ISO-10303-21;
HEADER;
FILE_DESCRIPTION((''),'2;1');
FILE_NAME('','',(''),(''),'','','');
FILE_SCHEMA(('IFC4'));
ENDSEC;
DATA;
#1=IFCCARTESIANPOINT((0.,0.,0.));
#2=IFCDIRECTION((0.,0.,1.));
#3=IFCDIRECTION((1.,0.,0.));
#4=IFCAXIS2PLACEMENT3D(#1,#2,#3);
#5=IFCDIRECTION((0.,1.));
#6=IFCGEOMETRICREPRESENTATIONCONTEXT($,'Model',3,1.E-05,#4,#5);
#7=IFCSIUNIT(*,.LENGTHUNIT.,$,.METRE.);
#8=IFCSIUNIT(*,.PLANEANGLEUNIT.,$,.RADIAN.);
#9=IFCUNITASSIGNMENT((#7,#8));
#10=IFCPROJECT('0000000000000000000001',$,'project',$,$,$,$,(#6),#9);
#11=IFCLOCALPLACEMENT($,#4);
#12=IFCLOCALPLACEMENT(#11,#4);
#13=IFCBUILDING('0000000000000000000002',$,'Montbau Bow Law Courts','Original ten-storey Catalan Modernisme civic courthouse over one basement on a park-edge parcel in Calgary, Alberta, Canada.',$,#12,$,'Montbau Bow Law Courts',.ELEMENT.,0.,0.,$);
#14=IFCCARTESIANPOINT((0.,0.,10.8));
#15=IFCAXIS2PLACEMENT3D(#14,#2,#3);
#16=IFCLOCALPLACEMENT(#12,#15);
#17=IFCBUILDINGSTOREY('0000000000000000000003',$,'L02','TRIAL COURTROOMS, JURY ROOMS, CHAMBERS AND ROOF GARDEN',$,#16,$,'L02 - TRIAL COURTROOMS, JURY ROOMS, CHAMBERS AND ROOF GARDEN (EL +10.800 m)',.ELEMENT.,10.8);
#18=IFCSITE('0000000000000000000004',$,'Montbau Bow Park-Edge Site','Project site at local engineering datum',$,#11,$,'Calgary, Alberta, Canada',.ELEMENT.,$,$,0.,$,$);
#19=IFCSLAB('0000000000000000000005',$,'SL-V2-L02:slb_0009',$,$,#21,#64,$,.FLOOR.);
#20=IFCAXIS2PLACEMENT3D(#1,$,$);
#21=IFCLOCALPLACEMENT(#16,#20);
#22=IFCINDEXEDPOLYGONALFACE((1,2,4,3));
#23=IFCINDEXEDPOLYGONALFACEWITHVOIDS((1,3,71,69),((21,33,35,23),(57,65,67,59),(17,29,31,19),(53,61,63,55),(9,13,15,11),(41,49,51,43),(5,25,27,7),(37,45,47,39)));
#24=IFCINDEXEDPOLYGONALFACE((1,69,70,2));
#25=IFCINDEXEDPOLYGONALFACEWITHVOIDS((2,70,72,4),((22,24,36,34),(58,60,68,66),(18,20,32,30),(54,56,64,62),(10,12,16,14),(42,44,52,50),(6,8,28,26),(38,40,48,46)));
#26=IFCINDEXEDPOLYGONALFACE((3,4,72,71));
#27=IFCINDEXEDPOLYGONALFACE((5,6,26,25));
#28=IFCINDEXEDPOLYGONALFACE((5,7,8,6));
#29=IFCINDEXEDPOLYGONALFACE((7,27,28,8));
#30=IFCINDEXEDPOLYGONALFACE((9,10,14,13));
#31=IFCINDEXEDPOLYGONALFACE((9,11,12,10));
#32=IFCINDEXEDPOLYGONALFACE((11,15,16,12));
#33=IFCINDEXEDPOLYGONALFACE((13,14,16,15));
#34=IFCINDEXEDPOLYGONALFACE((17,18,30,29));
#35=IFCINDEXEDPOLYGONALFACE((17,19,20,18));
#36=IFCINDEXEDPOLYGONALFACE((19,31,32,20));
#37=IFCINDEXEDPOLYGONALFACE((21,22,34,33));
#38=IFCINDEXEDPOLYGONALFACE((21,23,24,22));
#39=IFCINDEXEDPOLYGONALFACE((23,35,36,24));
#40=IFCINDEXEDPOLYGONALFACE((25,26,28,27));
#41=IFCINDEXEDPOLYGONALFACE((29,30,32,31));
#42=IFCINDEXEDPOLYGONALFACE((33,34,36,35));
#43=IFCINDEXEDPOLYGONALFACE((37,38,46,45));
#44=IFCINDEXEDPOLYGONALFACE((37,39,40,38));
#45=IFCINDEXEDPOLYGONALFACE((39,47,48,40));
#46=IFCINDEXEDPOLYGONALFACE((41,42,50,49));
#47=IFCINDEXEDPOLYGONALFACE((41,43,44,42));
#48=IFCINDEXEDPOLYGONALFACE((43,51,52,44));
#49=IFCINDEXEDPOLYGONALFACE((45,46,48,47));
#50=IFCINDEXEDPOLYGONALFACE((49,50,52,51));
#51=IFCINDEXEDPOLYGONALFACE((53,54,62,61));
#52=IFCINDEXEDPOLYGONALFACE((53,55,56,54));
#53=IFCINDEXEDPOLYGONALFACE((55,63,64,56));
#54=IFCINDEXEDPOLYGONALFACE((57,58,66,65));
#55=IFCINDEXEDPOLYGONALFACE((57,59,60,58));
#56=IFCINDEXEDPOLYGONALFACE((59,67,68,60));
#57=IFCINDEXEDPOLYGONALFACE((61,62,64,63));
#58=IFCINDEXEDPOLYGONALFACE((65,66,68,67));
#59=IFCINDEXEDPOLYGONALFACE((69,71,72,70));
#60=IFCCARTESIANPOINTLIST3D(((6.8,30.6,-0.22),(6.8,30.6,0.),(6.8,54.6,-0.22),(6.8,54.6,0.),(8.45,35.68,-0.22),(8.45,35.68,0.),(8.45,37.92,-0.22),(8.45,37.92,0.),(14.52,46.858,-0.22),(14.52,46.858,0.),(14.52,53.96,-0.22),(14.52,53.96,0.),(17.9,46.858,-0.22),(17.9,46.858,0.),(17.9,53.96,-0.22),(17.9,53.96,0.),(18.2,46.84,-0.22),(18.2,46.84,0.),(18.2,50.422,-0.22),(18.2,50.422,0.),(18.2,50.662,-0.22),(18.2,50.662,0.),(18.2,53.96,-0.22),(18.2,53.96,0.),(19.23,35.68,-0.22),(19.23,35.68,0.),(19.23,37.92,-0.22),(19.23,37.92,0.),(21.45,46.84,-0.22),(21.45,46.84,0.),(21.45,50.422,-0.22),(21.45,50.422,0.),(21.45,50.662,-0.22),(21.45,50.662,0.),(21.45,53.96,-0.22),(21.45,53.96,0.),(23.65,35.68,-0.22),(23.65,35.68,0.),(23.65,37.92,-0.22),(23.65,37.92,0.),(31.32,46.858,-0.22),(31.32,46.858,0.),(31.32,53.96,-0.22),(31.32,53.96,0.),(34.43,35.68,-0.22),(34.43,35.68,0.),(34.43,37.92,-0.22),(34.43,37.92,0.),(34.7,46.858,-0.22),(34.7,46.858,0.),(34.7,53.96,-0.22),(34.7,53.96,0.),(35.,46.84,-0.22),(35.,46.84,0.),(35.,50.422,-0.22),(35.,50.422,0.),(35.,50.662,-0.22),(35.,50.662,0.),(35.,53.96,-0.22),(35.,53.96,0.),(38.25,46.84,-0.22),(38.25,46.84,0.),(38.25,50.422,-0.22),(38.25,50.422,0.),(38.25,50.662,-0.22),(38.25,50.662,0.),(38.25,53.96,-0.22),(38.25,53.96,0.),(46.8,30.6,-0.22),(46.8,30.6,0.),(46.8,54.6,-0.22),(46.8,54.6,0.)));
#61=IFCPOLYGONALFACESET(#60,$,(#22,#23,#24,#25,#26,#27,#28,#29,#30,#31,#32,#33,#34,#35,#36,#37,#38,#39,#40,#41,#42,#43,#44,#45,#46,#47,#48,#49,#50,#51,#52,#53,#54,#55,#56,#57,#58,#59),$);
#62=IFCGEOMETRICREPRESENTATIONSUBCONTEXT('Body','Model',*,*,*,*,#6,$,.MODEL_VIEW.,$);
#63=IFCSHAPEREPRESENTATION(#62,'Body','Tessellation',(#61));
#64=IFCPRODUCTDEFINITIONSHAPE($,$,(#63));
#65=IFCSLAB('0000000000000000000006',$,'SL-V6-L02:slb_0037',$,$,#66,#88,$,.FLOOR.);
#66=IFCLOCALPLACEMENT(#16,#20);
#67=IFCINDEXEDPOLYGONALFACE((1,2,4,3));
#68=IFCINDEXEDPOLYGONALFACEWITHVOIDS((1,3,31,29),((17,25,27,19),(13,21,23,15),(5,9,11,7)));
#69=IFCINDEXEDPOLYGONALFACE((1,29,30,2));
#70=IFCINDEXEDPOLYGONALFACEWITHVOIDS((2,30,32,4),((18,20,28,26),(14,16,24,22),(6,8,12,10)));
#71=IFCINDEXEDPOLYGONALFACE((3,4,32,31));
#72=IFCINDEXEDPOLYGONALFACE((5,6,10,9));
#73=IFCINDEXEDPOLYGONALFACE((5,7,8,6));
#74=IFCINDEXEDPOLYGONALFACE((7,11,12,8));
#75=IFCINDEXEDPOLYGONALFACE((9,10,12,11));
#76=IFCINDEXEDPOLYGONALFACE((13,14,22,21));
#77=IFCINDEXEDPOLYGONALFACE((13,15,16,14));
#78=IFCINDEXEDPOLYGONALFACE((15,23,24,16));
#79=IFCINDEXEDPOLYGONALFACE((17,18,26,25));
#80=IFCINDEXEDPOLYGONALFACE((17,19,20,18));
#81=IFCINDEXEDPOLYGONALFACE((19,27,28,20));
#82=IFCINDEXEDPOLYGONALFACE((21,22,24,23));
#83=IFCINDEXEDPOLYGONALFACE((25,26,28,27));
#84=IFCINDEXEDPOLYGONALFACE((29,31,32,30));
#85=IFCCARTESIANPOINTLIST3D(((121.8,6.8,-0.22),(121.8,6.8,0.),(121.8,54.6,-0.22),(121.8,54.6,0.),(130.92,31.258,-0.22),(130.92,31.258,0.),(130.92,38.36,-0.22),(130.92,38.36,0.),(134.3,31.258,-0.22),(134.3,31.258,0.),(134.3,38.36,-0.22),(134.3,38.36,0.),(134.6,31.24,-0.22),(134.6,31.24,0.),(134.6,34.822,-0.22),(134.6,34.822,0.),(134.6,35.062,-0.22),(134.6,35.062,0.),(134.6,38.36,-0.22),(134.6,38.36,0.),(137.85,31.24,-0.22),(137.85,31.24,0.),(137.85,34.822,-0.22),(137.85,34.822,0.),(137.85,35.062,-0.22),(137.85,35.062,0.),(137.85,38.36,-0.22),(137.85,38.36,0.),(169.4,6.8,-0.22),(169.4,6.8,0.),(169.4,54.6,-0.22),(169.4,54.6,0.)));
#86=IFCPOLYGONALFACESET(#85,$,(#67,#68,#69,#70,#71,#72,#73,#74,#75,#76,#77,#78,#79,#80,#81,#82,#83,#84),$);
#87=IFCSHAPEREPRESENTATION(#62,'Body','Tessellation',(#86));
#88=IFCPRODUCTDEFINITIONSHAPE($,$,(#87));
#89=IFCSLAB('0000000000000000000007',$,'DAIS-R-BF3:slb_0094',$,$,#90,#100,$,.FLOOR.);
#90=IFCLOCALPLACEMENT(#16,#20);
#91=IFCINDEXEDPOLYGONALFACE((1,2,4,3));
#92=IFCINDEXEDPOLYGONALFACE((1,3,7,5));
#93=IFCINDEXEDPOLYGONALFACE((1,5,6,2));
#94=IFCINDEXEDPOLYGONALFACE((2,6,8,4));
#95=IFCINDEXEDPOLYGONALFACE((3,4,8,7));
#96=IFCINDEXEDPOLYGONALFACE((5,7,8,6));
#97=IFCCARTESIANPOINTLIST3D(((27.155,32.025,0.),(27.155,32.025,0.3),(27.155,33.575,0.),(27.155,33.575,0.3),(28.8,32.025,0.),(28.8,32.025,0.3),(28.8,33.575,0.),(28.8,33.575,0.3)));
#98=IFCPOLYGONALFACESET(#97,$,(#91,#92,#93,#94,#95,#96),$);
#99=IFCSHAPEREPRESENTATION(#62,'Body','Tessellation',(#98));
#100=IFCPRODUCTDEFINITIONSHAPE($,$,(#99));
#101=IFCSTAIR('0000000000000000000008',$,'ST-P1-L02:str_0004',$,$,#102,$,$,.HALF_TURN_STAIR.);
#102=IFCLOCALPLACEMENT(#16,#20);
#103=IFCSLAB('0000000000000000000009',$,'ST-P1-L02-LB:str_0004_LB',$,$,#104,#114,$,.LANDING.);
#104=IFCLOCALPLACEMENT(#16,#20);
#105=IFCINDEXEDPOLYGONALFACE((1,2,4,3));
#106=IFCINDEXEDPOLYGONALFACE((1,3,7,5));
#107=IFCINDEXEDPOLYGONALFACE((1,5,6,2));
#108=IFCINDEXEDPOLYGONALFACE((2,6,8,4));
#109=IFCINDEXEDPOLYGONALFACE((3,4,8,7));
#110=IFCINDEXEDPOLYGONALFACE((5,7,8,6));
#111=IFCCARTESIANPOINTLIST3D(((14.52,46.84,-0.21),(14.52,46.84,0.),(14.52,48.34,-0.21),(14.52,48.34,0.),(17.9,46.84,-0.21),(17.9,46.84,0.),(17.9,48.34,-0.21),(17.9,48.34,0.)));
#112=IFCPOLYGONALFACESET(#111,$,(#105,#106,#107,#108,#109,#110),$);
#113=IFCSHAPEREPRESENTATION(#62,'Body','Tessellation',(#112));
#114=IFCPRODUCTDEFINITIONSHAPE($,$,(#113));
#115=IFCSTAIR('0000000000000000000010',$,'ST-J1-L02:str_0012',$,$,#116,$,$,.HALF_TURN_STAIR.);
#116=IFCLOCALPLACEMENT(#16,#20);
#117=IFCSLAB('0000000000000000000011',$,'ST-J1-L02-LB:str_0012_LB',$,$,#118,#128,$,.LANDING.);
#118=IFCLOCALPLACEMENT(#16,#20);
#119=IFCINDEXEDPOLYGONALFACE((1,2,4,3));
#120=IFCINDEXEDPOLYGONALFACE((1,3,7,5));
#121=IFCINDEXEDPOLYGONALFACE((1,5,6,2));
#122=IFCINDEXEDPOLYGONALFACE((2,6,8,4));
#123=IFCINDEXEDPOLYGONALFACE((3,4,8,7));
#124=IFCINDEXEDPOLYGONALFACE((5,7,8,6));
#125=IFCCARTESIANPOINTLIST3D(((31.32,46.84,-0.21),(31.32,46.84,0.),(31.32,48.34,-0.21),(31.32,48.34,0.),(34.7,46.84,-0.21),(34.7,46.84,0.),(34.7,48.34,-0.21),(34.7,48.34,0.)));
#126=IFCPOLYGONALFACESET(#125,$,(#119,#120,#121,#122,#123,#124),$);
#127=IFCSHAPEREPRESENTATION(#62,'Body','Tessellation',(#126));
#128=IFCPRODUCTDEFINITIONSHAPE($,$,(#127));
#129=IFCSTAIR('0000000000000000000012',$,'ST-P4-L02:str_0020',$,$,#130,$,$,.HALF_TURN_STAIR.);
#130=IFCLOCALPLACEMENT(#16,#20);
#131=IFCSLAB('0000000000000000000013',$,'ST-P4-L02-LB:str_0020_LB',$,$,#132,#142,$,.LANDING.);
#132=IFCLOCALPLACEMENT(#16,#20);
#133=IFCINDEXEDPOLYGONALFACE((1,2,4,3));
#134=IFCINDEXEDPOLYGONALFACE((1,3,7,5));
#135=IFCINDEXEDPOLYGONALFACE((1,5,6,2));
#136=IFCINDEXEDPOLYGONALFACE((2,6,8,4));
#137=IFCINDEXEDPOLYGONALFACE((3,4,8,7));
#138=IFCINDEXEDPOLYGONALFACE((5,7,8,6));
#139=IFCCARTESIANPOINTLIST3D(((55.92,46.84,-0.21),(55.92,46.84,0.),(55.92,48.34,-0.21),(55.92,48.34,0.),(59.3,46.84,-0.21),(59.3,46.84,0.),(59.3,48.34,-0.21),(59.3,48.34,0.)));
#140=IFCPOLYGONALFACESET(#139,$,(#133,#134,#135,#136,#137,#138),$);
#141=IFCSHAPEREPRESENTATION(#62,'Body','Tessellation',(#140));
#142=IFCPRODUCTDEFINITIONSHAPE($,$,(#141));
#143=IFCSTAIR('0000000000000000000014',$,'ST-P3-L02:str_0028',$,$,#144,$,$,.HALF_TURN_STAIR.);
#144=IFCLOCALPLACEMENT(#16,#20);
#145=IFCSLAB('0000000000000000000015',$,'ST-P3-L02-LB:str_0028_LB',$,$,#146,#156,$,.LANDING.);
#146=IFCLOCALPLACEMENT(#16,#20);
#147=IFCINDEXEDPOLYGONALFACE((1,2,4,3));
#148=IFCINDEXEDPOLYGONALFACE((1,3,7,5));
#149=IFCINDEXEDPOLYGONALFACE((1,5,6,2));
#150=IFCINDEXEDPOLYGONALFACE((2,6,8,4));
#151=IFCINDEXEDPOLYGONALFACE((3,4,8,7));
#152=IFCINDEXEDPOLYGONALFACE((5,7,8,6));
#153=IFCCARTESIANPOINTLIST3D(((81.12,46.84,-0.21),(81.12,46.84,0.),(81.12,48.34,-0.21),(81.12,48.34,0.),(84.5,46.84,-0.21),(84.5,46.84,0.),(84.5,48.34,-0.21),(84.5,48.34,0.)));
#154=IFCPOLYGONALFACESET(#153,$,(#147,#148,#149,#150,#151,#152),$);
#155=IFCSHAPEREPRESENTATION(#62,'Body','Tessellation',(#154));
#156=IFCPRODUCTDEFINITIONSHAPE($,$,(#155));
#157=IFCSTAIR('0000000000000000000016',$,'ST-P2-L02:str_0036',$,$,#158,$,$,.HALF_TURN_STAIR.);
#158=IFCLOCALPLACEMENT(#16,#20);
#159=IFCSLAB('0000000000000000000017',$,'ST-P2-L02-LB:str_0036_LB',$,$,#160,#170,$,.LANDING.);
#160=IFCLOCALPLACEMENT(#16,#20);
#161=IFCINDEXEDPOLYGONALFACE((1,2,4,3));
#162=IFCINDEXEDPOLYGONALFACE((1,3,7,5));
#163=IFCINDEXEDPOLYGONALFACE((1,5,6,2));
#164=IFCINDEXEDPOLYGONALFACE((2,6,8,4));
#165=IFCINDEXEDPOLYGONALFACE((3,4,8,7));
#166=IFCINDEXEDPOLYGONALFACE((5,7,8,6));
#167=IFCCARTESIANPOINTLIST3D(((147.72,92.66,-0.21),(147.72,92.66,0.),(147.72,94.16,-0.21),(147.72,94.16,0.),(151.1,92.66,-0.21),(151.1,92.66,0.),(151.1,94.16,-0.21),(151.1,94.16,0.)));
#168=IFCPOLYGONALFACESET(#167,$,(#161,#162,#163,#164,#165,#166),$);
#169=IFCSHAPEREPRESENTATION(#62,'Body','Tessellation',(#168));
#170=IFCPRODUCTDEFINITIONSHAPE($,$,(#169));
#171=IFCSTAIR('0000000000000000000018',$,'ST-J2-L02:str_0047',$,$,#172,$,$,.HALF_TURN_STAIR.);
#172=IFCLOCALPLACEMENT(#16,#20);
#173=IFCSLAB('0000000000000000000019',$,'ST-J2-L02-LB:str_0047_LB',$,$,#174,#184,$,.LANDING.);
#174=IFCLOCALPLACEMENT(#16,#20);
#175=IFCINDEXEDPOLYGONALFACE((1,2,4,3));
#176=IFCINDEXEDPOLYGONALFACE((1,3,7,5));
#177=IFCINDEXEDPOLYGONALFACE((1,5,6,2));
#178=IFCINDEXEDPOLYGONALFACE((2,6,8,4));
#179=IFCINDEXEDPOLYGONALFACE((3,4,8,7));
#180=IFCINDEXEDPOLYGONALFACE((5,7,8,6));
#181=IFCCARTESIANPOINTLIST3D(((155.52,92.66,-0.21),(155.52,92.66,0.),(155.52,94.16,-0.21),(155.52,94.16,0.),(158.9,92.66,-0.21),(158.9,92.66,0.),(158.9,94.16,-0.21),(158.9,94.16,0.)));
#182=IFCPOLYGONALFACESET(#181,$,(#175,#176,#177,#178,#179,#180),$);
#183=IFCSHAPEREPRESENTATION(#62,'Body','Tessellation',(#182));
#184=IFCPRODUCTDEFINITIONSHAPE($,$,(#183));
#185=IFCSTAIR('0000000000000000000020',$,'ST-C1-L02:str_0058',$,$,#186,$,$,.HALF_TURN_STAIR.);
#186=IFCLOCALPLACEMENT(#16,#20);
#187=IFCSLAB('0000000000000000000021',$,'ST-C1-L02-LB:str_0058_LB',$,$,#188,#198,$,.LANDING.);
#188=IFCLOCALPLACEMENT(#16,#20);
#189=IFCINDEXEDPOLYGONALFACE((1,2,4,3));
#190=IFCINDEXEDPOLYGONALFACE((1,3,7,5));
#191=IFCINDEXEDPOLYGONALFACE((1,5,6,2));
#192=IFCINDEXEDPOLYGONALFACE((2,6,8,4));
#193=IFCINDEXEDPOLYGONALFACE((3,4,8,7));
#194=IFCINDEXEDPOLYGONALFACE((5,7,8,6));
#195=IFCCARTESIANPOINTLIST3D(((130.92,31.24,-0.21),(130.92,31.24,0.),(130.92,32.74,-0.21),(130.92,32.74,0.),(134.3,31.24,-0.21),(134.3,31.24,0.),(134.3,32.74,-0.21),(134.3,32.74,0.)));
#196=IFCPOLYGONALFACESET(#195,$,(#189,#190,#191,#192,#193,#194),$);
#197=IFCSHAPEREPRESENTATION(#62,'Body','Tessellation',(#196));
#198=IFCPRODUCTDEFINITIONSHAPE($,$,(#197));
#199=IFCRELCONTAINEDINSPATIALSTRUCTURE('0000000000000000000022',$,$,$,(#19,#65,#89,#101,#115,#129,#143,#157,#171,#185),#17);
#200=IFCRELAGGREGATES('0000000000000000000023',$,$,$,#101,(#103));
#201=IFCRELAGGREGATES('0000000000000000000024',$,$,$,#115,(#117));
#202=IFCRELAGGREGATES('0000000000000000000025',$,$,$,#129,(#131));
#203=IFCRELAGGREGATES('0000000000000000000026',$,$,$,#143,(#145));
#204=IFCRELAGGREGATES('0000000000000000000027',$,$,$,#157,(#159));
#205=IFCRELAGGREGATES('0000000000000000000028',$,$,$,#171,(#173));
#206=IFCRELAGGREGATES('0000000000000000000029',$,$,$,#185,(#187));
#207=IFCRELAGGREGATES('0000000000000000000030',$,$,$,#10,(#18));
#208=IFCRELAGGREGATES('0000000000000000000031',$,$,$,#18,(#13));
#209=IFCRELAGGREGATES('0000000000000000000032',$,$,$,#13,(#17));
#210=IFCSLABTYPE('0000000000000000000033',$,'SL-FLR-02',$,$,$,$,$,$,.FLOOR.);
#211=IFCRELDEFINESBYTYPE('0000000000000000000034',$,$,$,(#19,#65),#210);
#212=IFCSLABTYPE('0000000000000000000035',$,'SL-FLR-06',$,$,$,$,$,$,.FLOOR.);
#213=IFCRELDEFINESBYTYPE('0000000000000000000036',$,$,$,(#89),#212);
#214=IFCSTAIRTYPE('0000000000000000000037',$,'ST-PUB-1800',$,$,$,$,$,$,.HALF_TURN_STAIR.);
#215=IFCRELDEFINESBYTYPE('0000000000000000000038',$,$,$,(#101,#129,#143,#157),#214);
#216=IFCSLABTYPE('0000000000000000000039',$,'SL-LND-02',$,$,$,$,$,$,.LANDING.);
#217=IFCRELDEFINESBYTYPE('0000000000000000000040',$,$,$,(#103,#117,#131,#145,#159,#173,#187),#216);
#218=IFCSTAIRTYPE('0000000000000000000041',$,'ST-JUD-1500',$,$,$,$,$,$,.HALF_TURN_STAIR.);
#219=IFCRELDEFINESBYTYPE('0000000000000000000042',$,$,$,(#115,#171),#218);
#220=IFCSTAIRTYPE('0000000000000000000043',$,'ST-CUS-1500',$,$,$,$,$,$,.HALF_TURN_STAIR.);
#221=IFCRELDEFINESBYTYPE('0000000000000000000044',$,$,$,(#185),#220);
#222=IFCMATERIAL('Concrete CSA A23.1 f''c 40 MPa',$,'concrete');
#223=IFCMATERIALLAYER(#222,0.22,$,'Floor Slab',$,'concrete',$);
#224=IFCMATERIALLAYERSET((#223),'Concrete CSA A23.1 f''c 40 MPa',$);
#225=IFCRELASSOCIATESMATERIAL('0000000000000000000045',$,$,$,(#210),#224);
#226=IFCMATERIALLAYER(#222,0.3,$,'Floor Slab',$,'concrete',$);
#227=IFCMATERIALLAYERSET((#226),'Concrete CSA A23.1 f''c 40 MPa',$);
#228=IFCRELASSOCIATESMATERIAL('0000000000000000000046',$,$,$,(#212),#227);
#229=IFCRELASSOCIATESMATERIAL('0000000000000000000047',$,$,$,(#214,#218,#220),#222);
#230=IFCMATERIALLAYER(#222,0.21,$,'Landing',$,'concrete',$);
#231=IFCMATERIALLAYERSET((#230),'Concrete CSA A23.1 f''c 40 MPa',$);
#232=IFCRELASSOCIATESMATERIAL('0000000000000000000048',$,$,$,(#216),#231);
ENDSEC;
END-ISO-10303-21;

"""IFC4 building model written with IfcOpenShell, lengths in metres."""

from ifc_helpers import new_model, si_unit, direction, frame, origin_with_axes, place, context, subcontext, project, spatial, polyline, outline, extrude, material, layer, layer_set, type_object, element, aggregate, save


model = new_model("IFC4")

# Units and contexts
model_context = context("Model", 3, precision=1e-05, world=origin_with_axes(), true_north=direction((0.0, 1.0)))
body_context = subcontext(model_context, "Body", "Model", "MODEL_VIEW")
ifc_project = project(units=[si_unit("LENGTHUNIT", "METRE"), si_unit("PLANEANGLEUNIT", "RADIAN")], contexts=[model_context])

# Site, building, storey
site_placement = place(None, origin_with_axes())
site = spatial("IfcSite", under=ifc_project, at=site_placement, Name="Montbau Bow Park-Edge Site", Description="Project site at local engineering datum", LongName="Calgary, Alberta, Canada", CompositionType="ELEMENT", RefElevation=0.0)
building_placement = place(site_placement, origin_with_axes())
building = spatial("IfcBuilding", under=site, at=building_placement, Name="Montbau Bow Law Courts", Description="Original ten-storey Catalan Modernisme civic courthouse over one basement on a park-edge parcel in Calgary, Alberta, Canada.", LongName="Montbau Bow Law Courts", CompositionType="ELEMENT", ElevationOfRefHeight=0.0, ElevationOfTerrain=0.0)
storey_placement = place(building_placement, frame((0.0, 0.0, 10.8), z_axis=(0.0, 0.0, 1.0), x_axis=(1.0, 0.0, 0.0)))
storey = spatial("IfcBuildingStorey", under=building, at=storey_placement, Name="L02", Description="TRIAL COURTROOMS, JURY ROOMS, CHAMBERS AND ROOF GARDEN", LongName="L02 - TRIAL COURTROOMS, JURY ROOMS, CHAMBERS AND ROOF GARDEN (EL +10.800 m)", CompositionType="ELEMENT", Elevation=10.8)

# Shared definitions
ifc_material_1 = material(Name="Concrete CSA A23.1 f'c 40 MPa", Category="concrete")

# Slabs
ifc_layer_1 = layer(ifc_material_1, 0.22, Name="Floor Slab", Category="concrete")
ifc_layer_set_1 = layer_set([ifc_layer_1], Name="Concrete CSA A23.1 f'c 40 MPa")
slab_type_1 = type_object("IfcSlabType", Name="SL-FLR-02", PredefinedType="FLOOR", material=ifc_layer_set_1)
slab_1_placement = place(None, frame((0.0, 0.0, 10.58), z_axis=(0.0, 0.0, 1.0), x_axis=(1.0, 0.0, 0.0)))
element("IfcSlab", 1, at=slab_1_placement, inside=storey, type_object=slab_type_1, Name="SL-V2-L02:slb_0009", PredefinedType="FLOOR", context=body_context, shape_type="SweptSolid", body=[
    extrude(outline(polyline([(6.8, 30.6), (46.8, 30.6), (46.8, 54.6), (6.8, 54.6), (6.8, 30.6)]), holes=[polyline([(14.52, 46.858), (17.9, 46.858), (17.9, 53.96), (14.52, 53.96), (14.52, 46.858)]), polyline([(18.2, 46.84), (21.45, 46.84), (21.45, 50.422), (18.2, 50.422), (18.2, 46.84)]), polyline([(18.2, 50.662), (21.45, 50.662), (21.45, 53.96), (18.2, 53.96), (18.2, 50.662)]), polyline([(31.32, 46.858), (34.7, 46.858), (34.7, 53.96), (31.32, 53.96), (31.32, 46.858)]), polyline([(35.0, 46.84), (38.25, 46.84), (38.25, 50.422), (35.0, 50.422), (35.0, 46.84)]), polyline([(35.0, 50.662), (38.25, 50.662), (38.25, 53.96), (35.0, 53.96), (35.0, 50.662)]), polyline([(23.65, 35.68), (34.43, 35.68), (34.43, 37.92), (23.65, 37.92), (23.65, 35.68)]), polyline([(8.45, 35.68), (19.23, 35.68), (19.23, 37.92), (8.45, 37.92), (8.45, 35.68)])]), origin_with_axes(), (0.0, 0.0, 1.0), 0.22),
])
slab_2_placement = place(None, frame((0.0, 0.0, 10.58), z_axis=(0.0, 0.0, 1.0), x_axis=(1.0, 0.0, 0.0)))
element("IfcSlab", 2, at=slab_2_placement, inside=storey, type_object=slab_type_1, Name="SL-V6-L02:slb_0037", PredefinedType="FLOOR", context=body_context, shape_type="SweptSolid", body=[
    extrude(outline(polyline([(121.8, 6.8), (169.4, 6.8), (169.4, 54.6), (121.8, 54.6), (121.8, 6.8)]), holes=[polyline([(130.92, 31.258), (134.3, 31.258), (134.3, 38.36), (130.92, 38.36), (130.92, 31.258)]), polyline([(134.6, 31.24), (137.85, 31.24), (137.85, 34.822), (134.6, 34.822), (134.6, 31.24)]), polyline([(134.6, 35.062), (137.85, 35.062), (137.85, 38.36), (134.6, 38.36), (134.6, 35.062)])]), origin_with_axes(), (0.0, 0.0, 1.0), 0.22),
])
ifc_layer_2 = layer(ifc_material_1, 0.3, Name="Floor Slab", Category="concrete")
ifc_layer_set_2 = layer_set([ifc_layer_2], Name="Concrete CSA A23.1 f'c 40 MPa")
slab_type_2 = type_object("IfcSlabType", Name="SL-FLR-06", PredefinedType="FLOOR", material=ifc_layer_set_2)
slab_3_placement = place(None, frame((0.0, 0.0, 10.8), z_axis=(0.0, 0.0, 1.0), x_axis=(1.0, 0.0, 0.0)))
element("IfcSlab", 3, at=slab_3_placement, inside=storey, type_object=slab_type_2, Name="DAIS-R-BF3:slb_0094", PredefinedType="FLOOR", context=body_context, shape_type="SweptSolid", body=[
    extrude(outline(polyline([(27.155, 32.025), (28.8, 32.025), (28.8, 33.575), (27.155, 33.575), (27.155, 32.025)])), origin_with_axes(), (0.0, 0.0, 1.0), 0.3),
])

# Stairs, slabs
stair_type_1 = type_object("IfcStairType", Name="ST-PUB-1800", PredefinedType="HALF_TURN_STAIR", material=ifc_material_1)
stair_1_placement = place(None, frame((15.33, 48.3, 10.8), z_axis=(0.0, 0.0, 1.0), x_axis=(1.0, 0.0, 0.0)))
stair_1 = element("IfcStair", 4, at=stair_1_placement, inside=storey, type_object=stair_type_1, Name="ST-P1-L02:str_0004", PredefinedType="HALF_TURN_STAIR")
ifc_layer_3 = layer(ifc_material_1, 0.21, Name="Landing", Category="concrete")
ifc_layer_set_3 = layer_set([ifc_layer_3], Name="Concrete CSA A23.1 f'c 40 MPa")
slab_type_3 = type_object("IfcSlabType", Name="SL-LND-02", PredefinedType="LANDING", material=ifc_layer_set_3)
slab_4_placement = place(None, frame((0.0, 0.0, 10.59), z_axis=(0.0, 0.0, 1.0), x_axis=(1.0, 0.0, 0.0)))
slab_4 = element("IfcSlab", 5, at=slab_4_placement, type_object=slab_type_3, Name="ST-P1-L02-LB:str_0004_LB", PredefinedType="LANDING", context=body_context, shape_type="SweptSolid", body=[
    extrude(outline(polyline([(14.52, 46.84), (17.9, 46.84), (17.9, 48.34), (14.52, 48.34), (14.52, 46.84)])), origin_with_axes(), (0.0, 0.0, 1.0), 0.21),
])
aggregate(stair_1, [slab_4])
stair_type_2 = type_object("IfcStairType", Name="ST-JUD-1500", PredefinedType="HALF_TURN_STAIR", material=ifc_material_1)
stair_2_placement = place(None, frame((32.09, 48.3, 10.8), z_axis=(0.0, 0.0, 1.0), x_axis=(1.0, 0.0, 0.0)))
stair_2 = element("IfcStair", 6, at=stair_2_placement, inside=storey, type_object=stair_type_2, Name="ST-J1-L02:str_0012", PredefinedType="HALF_TURN_STAIR")
slab_5_placement = place(None, frame((0.0, 0.0, 10.59), z_axis=(0.0, 0.0, 1.0), x_axis=(1.0, 0.0, 0.0)))
slab_5 = element("IfcSlab", 7, at=slab_5_placement, type_object=slab_type_3, Name="ST-J1-L02-LB:str_0012_LB", PredefinedType="LANDING", context=body_context, shape_type="SweptSolid", body=[
    extrude(outline(polyline([(31.32, 46.84), (34.7, 46.84), (34.7, 48.34), (31.32, 48.34), (31.32, 46.84)])), origin_with_axes(), (0.0, 0.0, 1.0), 0.21),
])
aggregate(stair_2, [slab_5])
stair_3_placement = place(None, frame((56.73, 48.3, 10.8), z_axis=(0.0, 0.0, 1.0), x_axis=(1.0, 0.0, 0.0)))
stair_3 = element("IfcStair", 8, at=stair_3_placement, inside=storey, type_object=stair_type_1, Name="ST-P4-L02:str_0020", PredefinedType="HALF_TURN_STAIR")
slab_6_placement = place(None, frame((0.0, 0.0, 10.59), z_axis=(0.0, 0.0, 1.0), x_axis=(1.0, 0.0, 0.0)))
slab_6 = element("IfcSlab", 9, at=slab_6_placement, type_object=slab_type_3, Name="ST-P4-L02-LB:str_0020_LB", PredefinedType="LANDING", context=body_context, shape_type="SweptSolid", body=[
    extrude(outline(polyline([(55.92, 46.84), (59.3, 46.84), (59.3, 48.34), (55.92, 48.34), (55.92, 46.84)])), origin_with_axes(), (0.0, 0.0, 1.0), 0.21),
])
aggregate(stair_3, [slab_6])
stair_4_placement = place(None, frame((81.93, 48.3, 10.8), z_axis=(0.0, 0.0, 1.0), x_axis=(1.0, 0.0, 0.0)))
stair_4 = element("IfcStair", 10, at=stair_4_placement, inside=storey, type_object=stair_type_1, Name="ST-P3-L02:str_0028", PredefinedType="HALF_TURN_STAIR")
slab_7_placement = place(None, frame((0.0, 0.0, 10.59), z_axis=(0.0, 0.0, 1.0), x_axis=(1.0, 0.0, 0.0)))
slab_7 = element("IfcSlab", 11, at=slab_7_placement, type_object=slab_type_3, Name="ST-P3-L02-LB:str_0028_LB", PredefinedType="LANDING", context=body_context, shape_type="SweptSolid", body=[
    extrude(outline(polyline([(81.12, 46.84), (84.5, 46.84), (84.5, 48.34), (81.12, 48.34), (81.12, 46.84)])), origin_with_axes(), (0.0, 0.0, 1.0), 0.21),
])
aggregate(stair_4, [slab_7])
stair_5_placement = place(None, frame((148.53, 92.7, 10.8), z_axis=(0.0, 0.0, 1.0), x_axis=(1.0, 0.0, 0.0)))
stair_5 = element("IfcStair", 12, at=stair_5_placement, inside=storey, type_object=stair_type_1, Name="ST-P2-L02:str_0036", PredefinedType="HALF_TURN_STAIR")
slab_8_placement = place(None, frame((0.0, 0.0, 10.59), z_axis=(0.0, 0.0, 1.0), x_axis=(1.0, 0.0, 0.0)))
slab_8 = element("IfcSlab", 13, at=slab_8_placement, type_object=slab_type_3, Name="ST-P2-L02-LB:str_0036_LB", PredefinedType="LANDING", context=body_context, shape_type="SweptSolid", body=[
    extrude(outline(polyline([(147.72, 92.66), (151.1, 92.66), (151.1, 94.16), (147.72, 94.16), (147.72, 92.66)])), origin_with_axes(), (0.0, 0.0, 1.0), 0.21),
])
aggregate(stair_5, [slab_8])
stair_6_placement = place(None, frame((156.29, 92.7, 10.8), z_axis=(0.0, 0.0, 1.0), x_axis=(1.0, 0.0, 0.0)))
stair_6 = element("IfcStair", 14, at=stair_6_placement, inside=storey, type_object=stair_type_2, Name="ST-J2-L02:str_0047", PredefinedType="HALF_TURN_STAIR")
slab_9_placement = place(None, frame((0.0, 0.0, 10.59), z_axis=(0.0, 0.0, 1.0), x_axis=(1.0, 0.0, 0.0)))
slab_9 = element("IfcSlab", 15, at=slab_9_placement, type_object=slab_type_3, Name="ST-J2-L02-LB:str_0047_LB", PredefinedType="LANDING", context=body_context, shape_type="SweptSolid", body=[
    extrude(outline(polyline([(155.52, 92.66), (158.9, 92.66), (158.9, 94.16), (155.52, 94.16), (155.52, 92.66)])), origin_with_axes(), (0.0, 0.0, 1.0), 0.21),
])
aggregate(stair_6, [slab_9])
stair_type_3 = type_object("IfcStairType", Name="ST-CUS-1500", PredefinedType="HALF_TURN_STAIR", material=ifc_material_1)
stair_7_placement = place(None, frame((131.69, 32.7, 10.8), z_axis=(0.0, 0.0, 1.0), x_axis=(1.0, 0.0, 0.0)))
stair_7 = element("IfcStair", 16, at=stair_7_placement, inside=storey, type_object=stair_type_3, Name="ST-C1-L02:str_0058", PredefinedType="HALF_TURN_STAIR")
slab_10_placement = place(None, frame((0.0, 0.0, 10.59), z_axis=(0.0, 0.0, 1.0), x_axis=(1.0, 0.0, 0.0)))
slab_10 = element("IfcSlab", 17, at=slab_10_placement, type_object=slab_type_3, Name="ST-C1-L02-LB:str_0058_LB", PredefinedType="LANDING", context=body_context, shape_type="SweptSolid", body=[
    extrude(outline(polyline([(130.92, 31.24), (134.3, 31.24), (134.3, 32.74), (130.92, 32.74), (130.92, 31.24)])), origin_with_axes(), (0.0, 0.0, 1.0), 0.21),
])
aggregate(stair_7, [slab_10])

save(model, "model.ifc")
